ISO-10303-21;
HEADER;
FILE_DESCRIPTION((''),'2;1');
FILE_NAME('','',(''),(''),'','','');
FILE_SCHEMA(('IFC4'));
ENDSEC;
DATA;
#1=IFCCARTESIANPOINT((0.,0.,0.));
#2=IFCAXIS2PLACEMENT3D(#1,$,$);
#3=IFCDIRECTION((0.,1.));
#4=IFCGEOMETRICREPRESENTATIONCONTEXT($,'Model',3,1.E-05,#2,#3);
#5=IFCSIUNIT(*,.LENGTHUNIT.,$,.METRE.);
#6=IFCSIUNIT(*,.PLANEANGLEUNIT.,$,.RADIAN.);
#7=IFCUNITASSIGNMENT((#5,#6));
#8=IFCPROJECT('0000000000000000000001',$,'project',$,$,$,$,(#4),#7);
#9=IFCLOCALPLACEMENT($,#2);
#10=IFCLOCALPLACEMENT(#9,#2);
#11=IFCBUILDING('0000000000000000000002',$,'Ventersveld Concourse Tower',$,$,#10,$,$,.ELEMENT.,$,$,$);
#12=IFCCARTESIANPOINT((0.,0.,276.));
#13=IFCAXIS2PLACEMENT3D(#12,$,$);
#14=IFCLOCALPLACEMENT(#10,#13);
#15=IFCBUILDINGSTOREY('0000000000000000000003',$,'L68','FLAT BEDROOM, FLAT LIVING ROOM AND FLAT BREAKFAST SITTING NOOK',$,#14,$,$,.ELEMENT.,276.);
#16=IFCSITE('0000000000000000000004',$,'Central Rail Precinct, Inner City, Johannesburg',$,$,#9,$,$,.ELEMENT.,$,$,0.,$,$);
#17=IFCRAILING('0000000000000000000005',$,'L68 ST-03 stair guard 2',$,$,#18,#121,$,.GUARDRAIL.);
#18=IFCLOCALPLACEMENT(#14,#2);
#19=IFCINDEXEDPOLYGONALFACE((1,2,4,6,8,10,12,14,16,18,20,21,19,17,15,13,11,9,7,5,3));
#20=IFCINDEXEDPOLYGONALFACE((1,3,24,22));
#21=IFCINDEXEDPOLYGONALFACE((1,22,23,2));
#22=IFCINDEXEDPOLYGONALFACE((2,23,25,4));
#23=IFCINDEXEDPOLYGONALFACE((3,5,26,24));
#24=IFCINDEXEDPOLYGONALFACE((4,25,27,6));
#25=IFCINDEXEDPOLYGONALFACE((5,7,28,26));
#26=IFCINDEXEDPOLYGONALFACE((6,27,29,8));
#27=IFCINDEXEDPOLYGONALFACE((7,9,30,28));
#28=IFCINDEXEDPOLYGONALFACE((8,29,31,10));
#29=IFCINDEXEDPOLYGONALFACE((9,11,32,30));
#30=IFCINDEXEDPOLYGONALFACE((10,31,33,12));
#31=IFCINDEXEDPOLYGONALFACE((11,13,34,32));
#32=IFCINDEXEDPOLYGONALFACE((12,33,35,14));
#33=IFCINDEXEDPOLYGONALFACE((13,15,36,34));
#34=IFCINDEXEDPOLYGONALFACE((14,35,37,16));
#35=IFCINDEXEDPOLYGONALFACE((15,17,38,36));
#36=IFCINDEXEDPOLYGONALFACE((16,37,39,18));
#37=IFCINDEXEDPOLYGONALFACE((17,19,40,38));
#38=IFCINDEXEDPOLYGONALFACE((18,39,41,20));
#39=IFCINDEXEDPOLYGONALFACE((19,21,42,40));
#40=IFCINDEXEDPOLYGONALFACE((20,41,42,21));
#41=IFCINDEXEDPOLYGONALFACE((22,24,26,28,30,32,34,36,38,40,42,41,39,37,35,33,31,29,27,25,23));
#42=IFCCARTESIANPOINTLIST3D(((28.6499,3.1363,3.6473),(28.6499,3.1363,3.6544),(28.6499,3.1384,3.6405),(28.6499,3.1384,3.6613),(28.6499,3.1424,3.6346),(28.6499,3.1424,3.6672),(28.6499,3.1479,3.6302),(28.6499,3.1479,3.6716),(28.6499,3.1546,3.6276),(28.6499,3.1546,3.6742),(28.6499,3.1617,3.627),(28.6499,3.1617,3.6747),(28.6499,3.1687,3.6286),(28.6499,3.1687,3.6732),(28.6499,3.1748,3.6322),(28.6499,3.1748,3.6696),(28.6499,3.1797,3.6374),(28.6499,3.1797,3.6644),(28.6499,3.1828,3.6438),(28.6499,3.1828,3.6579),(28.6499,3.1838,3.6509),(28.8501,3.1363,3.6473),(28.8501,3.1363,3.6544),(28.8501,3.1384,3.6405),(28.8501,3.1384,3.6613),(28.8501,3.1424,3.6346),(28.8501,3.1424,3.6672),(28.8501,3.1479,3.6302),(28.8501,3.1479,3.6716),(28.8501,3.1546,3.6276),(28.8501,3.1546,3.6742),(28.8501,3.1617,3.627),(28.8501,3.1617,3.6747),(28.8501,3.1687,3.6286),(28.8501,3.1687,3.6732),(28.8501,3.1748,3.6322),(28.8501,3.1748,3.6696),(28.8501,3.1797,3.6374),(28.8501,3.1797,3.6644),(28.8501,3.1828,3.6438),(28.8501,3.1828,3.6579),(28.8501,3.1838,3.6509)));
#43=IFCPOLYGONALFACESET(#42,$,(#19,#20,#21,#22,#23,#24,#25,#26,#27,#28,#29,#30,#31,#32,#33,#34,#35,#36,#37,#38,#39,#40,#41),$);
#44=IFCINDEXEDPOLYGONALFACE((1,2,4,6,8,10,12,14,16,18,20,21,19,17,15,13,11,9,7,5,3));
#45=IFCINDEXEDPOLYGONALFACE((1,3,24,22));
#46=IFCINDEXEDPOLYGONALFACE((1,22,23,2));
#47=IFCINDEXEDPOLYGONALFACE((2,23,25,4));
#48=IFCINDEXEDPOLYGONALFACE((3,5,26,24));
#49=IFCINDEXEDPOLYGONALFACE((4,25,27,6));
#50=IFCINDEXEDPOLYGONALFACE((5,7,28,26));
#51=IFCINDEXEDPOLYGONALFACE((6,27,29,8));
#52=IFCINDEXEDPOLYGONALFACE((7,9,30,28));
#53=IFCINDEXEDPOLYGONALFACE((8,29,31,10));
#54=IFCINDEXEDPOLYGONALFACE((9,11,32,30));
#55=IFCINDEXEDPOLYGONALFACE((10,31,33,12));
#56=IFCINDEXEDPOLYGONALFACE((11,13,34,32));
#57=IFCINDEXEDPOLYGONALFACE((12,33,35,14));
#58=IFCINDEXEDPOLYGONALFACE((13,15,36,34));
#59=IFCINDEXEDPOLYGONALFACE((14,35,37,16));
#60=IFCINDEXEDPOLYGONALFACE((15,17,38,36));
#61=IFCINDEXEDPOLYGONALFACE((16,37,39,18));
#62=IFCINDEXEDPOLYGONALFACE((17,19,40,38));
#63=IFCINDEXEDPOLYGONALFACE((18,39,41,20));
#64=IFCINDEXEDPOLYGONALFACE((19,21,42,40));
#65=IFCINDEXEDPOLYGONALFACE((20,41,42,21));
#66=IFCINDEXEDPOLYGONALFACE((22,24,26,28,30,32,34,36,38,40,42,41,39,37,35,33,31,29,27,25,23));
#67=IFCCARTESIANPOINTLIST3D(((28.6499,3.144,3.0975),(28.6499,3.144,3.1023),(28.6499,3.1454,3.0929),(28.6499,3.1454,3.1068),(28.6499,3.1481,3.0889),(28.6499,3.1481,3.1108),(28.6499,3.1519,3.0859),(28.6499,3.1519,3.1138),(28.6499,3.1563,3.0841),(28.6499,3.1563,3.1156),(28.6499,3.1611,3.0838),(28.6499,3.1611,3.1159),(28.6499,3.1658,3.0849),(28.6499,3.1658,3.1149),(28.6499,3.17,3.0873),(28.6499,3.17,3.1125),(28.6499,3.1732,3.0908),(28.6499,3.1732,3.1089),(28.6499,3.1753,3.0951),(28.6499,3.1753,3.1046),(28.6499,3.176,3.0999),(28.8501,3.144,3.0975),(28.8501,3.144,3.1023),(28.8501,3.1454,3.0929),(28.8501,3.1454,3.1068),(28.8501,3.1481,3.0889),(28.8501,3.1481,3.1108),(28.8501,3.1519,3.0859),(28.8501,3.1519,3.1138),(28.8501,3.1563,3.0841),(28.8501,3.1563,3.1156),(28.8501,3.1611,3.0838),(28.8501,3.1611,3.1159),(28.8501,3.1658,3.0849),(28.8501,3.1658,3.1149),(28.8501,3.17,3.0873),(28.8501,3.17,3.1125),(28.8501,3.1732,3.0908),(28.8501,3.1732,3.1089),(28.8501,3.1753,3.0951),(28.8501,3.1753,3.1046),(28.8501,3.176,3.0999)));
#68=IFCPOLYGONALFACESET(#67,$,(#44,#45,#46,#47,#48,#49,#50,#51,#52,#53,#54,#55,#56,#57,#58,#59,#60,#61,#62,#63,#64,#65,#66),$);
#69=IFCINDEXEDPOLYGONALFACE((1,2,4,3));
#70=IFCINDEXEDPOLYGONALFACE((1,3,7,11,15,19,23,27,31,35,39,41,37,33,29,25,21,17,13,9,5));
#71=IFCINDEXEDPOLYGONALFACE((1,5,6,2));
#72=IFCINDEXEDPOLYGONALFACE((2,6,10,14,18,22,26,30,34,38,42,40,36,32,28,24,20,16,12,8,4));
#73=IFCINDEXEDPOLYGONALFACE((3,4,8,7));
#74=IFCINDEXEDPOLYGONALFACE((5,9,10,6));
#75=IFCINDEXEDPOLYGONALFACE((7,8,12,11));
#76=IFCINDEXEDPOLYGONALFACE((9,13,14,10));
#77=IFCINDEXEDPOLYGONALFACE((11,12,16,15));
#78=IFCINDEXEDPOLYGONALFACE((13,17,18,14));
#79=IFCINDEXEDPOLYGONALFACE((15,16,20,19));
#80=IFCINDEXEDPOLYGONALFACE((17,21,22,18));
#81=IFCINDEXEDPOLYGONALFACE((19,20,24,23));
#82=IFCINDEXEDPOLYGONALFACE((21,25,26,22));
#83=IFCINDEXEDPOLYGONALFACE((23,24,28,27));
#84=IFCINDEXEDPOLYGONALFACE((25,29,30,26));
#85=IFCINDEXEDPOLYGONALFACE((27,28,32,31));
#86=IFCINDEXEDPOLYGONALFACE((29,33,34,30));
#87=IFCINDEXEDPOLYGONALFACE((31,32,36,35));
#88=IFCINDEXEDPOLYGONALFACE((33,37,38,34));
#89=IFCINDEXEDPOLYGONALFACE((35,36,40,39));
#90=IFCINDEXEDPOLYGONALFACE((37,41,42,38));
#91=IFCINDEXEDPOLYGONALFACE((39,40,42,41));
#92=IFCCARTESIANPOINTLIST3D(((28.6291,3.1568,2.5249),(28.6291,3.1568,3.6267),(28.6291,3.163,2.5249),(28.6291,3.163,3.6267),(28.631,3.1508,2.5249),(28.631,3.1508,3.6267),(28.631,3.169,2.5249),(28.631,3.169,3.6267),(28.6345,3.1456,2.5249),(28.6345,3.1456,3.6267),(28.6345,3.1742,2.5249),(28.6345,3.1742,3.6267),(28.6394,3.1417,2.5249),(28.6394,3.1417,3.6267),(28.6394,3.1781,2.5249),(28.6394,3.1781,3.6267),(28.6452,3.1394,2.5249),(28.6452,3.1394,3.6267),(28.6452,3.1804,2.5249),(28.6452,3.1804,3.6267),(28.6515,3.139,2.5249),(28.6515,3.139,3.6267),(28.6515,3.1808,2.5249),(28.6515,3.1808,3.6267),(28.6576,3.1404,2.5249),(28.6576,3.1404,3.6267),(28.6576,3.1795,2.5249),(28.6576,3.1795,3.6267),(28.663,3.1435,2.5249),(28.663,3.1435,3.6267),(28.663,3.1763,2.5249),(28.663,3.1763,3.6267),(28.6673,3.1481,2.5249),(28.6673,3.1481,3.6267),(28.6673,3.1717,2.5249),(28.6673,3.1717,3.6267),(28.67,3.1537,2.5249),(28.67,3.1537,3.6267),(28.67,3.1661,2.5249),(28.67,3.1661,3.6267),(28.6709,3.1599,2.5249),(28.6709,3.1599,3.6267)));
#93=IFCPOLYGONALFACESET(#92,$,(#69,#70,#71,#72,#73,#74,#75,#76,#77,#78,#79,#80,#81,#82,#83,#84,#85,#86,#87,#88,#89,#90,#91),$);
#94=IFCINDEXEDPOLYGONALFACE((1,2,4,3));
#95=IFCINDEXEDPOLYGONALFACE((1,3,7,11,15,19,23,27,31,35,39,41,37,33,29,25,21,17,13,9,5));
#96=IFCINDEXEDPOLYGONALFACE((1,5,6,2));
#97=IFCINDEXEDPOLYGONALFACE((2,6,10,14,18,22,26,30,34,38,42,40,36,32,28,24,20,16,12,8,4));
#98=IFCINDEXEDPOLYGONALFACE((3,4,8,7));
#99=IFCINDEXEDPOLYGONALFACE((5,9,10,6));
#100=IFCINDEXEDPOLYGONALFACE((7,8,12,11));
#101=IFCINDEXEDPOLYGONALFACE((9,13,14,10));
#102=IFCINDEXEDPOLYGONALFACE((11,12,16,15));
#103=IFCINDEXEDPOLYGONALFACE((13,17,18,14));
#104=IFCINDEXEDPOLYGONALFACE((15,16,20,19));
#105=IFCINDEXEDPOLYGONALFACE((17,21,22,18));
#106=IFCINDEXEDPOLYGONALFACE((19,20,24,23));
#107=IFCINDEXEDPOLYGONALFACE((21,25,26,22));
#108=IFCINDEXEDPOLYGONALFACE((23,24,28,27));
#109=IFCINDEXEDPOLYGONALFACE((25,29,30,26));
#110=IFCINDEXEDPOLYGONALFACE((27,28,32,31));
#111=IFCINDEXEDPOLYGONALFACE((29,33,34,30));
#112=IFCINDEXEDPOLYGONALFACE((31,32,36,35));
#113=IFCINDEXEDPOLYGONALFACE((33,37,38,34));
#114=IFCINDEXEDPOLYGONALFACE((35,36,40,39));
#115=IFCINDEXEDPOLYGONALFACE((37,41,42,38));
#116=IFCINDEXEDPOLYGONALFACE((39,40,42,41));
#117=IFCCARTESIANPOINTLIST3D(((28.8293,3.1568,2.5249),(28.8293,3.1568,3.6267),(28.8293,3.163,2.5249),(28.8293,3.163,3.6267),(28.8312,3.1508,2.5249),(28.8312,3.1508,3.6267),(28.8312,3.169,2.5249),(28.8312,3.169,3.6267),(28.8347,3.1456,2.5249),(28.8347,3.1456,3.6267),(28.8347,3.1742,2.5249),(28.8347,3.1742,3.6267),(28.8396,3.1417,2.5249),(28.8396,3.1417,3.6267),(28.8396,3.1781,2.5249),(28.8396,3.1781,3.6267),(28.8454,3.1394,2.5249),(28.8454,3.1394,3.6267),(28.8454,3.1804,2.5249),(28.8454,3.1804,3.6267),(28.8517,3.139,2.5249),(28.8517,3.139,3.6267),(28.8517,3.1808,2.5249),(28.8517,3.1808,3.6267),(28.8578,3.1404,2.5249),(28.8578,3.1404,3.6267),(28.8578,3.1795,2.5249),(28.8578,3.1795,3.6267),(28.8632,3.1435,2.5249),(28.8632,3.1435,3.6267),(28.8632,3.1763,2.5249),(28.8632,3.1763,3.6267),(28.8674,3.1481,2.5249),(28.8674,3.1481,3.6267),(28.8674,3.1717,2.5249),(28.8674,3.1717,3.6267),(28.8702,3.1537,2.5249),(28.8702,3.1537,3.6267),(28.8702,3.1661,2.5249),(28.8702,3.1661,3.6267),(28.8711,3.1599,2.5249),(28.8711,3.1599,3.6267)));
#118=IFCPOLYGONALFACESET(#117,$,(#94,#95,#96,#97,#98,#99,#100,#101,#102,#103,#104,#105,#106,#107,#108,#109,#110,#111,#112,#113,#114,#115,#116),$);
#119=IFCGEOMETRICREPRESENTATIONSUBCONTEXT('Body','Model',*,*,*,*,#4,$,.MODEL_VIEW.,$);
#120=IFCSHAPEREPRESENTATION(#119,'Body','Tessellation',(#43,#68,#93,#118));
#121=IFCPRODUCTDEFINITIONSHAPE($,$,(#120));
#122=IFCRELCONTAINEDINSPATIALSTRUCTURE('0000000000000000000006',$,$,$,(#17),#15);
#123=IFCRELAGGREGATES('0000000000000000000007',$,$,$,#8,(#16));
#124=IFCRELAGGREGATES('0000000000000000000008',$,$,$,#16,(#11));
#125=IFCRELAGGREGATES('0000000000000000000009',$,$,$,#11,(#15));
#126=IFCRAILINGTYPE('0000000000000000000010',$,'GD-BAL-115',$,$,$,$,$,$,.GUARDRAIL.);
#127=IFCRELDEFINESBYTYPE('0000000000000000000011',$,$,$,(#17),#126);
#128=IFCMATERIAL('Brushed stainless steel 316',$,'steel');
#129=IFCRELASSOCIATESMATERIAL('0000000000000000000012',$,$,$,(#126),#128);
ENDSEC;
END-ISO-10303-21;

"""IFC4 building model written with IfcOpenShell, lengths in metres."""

from ifc_helpers import new_model, si_unit, direction, frame, origin, origin_2d, place, context, subcontext, project, spatial, circle, extrude, material, type_object, element, save


model = new_model("IFC4")

# Units and contexts
model_context = context("Model", 3, precision=1e-05, world=origin(), true_north=direction((0.0, 1.0)))
body_context = subcontext(model_context, "Body", "Model", "MODEL_VIEW")
ifc_project = project(units=[si_unit("LENGTHUNIT", "METRE"), si_unit("PLANEANGLEUNIT", "RADIAN")], contexts=[model_context])

# Site, building, storey
site_placement = place(None, origin())
site = spatial("IfcSite", under=ifc_project, at=site_placement, Name="Central Rail Precinct, Inner City, Johannesburg", CompositionType="ELEMENT", RefElevation=0.0)
building_placement = place(site_placement, origin())
building = spatial("IfcBuilding", under=site, at=building_placement, Name="Ventersveld Concourse Tower", CompositionType="ELEMENT")
storey_placement = place(building_placement, frame((0.0, 0.0, 276.0)))
storey = spatial("IfcBuildingStorey", under=building, at=storey_placement, Name="L68", Description="FLAT BEDROOM, FLAT LIVING ROOM AND FLAT BREAKFAST SITTING NOOK", CompositionType="ELEMENT", Elevation=276.0)

# Railing
ifc_material_1 = material(Name="Brushed stainless steel 316", Category="steel")
railing_type_1 = type_object("IfcRailingType", Name="GD-BAL-115", PredefinedType="GUARDRAIL", material=ifc_material_1)
railing_1_placement = place(storey_placement, frame((28.6499, 3.1599, 2.5249)))
element("IfcRailing", 1, at=railing_1_placement, inside=storey, type_object=railing_type_1, Name="L68 ST-03 stair guard 2", PredefinedType="GUARDRAIL", context=body_context, shape_type="SweptSolid", body=[
    extrude(circle(Radius=0.0239, at=origin_2d()), frame((0.0, 0.0, 1.126), z_axis=(1.0, 0.0, 0.0), x_axis=(0.0, 1.0, 0.0)), (0.0, 0.0, 1.0), 0.2002),
    extrude(circle(Radius=0.0161, at=origin_2d()), frame((0.0, 0.0, 0.575), z_axis=(1.0, 0.0, 0.0), x_axis=(0.0, 1.0, 0.0)), (0.0, 0.0, 1.0), 0.2002),
    extrude(circle(Radius=0.021, at=origin_2d()), origin(), (0.0, 0.0, 1.0), 1.1018),
    extrude(circle(Radius=0.021, at=origin_2d()), frame((0.2002, 0.0, 0.0)), (0.0, 0.0, 1.0), 1.1018),
])

save(model, "model.ifc")
